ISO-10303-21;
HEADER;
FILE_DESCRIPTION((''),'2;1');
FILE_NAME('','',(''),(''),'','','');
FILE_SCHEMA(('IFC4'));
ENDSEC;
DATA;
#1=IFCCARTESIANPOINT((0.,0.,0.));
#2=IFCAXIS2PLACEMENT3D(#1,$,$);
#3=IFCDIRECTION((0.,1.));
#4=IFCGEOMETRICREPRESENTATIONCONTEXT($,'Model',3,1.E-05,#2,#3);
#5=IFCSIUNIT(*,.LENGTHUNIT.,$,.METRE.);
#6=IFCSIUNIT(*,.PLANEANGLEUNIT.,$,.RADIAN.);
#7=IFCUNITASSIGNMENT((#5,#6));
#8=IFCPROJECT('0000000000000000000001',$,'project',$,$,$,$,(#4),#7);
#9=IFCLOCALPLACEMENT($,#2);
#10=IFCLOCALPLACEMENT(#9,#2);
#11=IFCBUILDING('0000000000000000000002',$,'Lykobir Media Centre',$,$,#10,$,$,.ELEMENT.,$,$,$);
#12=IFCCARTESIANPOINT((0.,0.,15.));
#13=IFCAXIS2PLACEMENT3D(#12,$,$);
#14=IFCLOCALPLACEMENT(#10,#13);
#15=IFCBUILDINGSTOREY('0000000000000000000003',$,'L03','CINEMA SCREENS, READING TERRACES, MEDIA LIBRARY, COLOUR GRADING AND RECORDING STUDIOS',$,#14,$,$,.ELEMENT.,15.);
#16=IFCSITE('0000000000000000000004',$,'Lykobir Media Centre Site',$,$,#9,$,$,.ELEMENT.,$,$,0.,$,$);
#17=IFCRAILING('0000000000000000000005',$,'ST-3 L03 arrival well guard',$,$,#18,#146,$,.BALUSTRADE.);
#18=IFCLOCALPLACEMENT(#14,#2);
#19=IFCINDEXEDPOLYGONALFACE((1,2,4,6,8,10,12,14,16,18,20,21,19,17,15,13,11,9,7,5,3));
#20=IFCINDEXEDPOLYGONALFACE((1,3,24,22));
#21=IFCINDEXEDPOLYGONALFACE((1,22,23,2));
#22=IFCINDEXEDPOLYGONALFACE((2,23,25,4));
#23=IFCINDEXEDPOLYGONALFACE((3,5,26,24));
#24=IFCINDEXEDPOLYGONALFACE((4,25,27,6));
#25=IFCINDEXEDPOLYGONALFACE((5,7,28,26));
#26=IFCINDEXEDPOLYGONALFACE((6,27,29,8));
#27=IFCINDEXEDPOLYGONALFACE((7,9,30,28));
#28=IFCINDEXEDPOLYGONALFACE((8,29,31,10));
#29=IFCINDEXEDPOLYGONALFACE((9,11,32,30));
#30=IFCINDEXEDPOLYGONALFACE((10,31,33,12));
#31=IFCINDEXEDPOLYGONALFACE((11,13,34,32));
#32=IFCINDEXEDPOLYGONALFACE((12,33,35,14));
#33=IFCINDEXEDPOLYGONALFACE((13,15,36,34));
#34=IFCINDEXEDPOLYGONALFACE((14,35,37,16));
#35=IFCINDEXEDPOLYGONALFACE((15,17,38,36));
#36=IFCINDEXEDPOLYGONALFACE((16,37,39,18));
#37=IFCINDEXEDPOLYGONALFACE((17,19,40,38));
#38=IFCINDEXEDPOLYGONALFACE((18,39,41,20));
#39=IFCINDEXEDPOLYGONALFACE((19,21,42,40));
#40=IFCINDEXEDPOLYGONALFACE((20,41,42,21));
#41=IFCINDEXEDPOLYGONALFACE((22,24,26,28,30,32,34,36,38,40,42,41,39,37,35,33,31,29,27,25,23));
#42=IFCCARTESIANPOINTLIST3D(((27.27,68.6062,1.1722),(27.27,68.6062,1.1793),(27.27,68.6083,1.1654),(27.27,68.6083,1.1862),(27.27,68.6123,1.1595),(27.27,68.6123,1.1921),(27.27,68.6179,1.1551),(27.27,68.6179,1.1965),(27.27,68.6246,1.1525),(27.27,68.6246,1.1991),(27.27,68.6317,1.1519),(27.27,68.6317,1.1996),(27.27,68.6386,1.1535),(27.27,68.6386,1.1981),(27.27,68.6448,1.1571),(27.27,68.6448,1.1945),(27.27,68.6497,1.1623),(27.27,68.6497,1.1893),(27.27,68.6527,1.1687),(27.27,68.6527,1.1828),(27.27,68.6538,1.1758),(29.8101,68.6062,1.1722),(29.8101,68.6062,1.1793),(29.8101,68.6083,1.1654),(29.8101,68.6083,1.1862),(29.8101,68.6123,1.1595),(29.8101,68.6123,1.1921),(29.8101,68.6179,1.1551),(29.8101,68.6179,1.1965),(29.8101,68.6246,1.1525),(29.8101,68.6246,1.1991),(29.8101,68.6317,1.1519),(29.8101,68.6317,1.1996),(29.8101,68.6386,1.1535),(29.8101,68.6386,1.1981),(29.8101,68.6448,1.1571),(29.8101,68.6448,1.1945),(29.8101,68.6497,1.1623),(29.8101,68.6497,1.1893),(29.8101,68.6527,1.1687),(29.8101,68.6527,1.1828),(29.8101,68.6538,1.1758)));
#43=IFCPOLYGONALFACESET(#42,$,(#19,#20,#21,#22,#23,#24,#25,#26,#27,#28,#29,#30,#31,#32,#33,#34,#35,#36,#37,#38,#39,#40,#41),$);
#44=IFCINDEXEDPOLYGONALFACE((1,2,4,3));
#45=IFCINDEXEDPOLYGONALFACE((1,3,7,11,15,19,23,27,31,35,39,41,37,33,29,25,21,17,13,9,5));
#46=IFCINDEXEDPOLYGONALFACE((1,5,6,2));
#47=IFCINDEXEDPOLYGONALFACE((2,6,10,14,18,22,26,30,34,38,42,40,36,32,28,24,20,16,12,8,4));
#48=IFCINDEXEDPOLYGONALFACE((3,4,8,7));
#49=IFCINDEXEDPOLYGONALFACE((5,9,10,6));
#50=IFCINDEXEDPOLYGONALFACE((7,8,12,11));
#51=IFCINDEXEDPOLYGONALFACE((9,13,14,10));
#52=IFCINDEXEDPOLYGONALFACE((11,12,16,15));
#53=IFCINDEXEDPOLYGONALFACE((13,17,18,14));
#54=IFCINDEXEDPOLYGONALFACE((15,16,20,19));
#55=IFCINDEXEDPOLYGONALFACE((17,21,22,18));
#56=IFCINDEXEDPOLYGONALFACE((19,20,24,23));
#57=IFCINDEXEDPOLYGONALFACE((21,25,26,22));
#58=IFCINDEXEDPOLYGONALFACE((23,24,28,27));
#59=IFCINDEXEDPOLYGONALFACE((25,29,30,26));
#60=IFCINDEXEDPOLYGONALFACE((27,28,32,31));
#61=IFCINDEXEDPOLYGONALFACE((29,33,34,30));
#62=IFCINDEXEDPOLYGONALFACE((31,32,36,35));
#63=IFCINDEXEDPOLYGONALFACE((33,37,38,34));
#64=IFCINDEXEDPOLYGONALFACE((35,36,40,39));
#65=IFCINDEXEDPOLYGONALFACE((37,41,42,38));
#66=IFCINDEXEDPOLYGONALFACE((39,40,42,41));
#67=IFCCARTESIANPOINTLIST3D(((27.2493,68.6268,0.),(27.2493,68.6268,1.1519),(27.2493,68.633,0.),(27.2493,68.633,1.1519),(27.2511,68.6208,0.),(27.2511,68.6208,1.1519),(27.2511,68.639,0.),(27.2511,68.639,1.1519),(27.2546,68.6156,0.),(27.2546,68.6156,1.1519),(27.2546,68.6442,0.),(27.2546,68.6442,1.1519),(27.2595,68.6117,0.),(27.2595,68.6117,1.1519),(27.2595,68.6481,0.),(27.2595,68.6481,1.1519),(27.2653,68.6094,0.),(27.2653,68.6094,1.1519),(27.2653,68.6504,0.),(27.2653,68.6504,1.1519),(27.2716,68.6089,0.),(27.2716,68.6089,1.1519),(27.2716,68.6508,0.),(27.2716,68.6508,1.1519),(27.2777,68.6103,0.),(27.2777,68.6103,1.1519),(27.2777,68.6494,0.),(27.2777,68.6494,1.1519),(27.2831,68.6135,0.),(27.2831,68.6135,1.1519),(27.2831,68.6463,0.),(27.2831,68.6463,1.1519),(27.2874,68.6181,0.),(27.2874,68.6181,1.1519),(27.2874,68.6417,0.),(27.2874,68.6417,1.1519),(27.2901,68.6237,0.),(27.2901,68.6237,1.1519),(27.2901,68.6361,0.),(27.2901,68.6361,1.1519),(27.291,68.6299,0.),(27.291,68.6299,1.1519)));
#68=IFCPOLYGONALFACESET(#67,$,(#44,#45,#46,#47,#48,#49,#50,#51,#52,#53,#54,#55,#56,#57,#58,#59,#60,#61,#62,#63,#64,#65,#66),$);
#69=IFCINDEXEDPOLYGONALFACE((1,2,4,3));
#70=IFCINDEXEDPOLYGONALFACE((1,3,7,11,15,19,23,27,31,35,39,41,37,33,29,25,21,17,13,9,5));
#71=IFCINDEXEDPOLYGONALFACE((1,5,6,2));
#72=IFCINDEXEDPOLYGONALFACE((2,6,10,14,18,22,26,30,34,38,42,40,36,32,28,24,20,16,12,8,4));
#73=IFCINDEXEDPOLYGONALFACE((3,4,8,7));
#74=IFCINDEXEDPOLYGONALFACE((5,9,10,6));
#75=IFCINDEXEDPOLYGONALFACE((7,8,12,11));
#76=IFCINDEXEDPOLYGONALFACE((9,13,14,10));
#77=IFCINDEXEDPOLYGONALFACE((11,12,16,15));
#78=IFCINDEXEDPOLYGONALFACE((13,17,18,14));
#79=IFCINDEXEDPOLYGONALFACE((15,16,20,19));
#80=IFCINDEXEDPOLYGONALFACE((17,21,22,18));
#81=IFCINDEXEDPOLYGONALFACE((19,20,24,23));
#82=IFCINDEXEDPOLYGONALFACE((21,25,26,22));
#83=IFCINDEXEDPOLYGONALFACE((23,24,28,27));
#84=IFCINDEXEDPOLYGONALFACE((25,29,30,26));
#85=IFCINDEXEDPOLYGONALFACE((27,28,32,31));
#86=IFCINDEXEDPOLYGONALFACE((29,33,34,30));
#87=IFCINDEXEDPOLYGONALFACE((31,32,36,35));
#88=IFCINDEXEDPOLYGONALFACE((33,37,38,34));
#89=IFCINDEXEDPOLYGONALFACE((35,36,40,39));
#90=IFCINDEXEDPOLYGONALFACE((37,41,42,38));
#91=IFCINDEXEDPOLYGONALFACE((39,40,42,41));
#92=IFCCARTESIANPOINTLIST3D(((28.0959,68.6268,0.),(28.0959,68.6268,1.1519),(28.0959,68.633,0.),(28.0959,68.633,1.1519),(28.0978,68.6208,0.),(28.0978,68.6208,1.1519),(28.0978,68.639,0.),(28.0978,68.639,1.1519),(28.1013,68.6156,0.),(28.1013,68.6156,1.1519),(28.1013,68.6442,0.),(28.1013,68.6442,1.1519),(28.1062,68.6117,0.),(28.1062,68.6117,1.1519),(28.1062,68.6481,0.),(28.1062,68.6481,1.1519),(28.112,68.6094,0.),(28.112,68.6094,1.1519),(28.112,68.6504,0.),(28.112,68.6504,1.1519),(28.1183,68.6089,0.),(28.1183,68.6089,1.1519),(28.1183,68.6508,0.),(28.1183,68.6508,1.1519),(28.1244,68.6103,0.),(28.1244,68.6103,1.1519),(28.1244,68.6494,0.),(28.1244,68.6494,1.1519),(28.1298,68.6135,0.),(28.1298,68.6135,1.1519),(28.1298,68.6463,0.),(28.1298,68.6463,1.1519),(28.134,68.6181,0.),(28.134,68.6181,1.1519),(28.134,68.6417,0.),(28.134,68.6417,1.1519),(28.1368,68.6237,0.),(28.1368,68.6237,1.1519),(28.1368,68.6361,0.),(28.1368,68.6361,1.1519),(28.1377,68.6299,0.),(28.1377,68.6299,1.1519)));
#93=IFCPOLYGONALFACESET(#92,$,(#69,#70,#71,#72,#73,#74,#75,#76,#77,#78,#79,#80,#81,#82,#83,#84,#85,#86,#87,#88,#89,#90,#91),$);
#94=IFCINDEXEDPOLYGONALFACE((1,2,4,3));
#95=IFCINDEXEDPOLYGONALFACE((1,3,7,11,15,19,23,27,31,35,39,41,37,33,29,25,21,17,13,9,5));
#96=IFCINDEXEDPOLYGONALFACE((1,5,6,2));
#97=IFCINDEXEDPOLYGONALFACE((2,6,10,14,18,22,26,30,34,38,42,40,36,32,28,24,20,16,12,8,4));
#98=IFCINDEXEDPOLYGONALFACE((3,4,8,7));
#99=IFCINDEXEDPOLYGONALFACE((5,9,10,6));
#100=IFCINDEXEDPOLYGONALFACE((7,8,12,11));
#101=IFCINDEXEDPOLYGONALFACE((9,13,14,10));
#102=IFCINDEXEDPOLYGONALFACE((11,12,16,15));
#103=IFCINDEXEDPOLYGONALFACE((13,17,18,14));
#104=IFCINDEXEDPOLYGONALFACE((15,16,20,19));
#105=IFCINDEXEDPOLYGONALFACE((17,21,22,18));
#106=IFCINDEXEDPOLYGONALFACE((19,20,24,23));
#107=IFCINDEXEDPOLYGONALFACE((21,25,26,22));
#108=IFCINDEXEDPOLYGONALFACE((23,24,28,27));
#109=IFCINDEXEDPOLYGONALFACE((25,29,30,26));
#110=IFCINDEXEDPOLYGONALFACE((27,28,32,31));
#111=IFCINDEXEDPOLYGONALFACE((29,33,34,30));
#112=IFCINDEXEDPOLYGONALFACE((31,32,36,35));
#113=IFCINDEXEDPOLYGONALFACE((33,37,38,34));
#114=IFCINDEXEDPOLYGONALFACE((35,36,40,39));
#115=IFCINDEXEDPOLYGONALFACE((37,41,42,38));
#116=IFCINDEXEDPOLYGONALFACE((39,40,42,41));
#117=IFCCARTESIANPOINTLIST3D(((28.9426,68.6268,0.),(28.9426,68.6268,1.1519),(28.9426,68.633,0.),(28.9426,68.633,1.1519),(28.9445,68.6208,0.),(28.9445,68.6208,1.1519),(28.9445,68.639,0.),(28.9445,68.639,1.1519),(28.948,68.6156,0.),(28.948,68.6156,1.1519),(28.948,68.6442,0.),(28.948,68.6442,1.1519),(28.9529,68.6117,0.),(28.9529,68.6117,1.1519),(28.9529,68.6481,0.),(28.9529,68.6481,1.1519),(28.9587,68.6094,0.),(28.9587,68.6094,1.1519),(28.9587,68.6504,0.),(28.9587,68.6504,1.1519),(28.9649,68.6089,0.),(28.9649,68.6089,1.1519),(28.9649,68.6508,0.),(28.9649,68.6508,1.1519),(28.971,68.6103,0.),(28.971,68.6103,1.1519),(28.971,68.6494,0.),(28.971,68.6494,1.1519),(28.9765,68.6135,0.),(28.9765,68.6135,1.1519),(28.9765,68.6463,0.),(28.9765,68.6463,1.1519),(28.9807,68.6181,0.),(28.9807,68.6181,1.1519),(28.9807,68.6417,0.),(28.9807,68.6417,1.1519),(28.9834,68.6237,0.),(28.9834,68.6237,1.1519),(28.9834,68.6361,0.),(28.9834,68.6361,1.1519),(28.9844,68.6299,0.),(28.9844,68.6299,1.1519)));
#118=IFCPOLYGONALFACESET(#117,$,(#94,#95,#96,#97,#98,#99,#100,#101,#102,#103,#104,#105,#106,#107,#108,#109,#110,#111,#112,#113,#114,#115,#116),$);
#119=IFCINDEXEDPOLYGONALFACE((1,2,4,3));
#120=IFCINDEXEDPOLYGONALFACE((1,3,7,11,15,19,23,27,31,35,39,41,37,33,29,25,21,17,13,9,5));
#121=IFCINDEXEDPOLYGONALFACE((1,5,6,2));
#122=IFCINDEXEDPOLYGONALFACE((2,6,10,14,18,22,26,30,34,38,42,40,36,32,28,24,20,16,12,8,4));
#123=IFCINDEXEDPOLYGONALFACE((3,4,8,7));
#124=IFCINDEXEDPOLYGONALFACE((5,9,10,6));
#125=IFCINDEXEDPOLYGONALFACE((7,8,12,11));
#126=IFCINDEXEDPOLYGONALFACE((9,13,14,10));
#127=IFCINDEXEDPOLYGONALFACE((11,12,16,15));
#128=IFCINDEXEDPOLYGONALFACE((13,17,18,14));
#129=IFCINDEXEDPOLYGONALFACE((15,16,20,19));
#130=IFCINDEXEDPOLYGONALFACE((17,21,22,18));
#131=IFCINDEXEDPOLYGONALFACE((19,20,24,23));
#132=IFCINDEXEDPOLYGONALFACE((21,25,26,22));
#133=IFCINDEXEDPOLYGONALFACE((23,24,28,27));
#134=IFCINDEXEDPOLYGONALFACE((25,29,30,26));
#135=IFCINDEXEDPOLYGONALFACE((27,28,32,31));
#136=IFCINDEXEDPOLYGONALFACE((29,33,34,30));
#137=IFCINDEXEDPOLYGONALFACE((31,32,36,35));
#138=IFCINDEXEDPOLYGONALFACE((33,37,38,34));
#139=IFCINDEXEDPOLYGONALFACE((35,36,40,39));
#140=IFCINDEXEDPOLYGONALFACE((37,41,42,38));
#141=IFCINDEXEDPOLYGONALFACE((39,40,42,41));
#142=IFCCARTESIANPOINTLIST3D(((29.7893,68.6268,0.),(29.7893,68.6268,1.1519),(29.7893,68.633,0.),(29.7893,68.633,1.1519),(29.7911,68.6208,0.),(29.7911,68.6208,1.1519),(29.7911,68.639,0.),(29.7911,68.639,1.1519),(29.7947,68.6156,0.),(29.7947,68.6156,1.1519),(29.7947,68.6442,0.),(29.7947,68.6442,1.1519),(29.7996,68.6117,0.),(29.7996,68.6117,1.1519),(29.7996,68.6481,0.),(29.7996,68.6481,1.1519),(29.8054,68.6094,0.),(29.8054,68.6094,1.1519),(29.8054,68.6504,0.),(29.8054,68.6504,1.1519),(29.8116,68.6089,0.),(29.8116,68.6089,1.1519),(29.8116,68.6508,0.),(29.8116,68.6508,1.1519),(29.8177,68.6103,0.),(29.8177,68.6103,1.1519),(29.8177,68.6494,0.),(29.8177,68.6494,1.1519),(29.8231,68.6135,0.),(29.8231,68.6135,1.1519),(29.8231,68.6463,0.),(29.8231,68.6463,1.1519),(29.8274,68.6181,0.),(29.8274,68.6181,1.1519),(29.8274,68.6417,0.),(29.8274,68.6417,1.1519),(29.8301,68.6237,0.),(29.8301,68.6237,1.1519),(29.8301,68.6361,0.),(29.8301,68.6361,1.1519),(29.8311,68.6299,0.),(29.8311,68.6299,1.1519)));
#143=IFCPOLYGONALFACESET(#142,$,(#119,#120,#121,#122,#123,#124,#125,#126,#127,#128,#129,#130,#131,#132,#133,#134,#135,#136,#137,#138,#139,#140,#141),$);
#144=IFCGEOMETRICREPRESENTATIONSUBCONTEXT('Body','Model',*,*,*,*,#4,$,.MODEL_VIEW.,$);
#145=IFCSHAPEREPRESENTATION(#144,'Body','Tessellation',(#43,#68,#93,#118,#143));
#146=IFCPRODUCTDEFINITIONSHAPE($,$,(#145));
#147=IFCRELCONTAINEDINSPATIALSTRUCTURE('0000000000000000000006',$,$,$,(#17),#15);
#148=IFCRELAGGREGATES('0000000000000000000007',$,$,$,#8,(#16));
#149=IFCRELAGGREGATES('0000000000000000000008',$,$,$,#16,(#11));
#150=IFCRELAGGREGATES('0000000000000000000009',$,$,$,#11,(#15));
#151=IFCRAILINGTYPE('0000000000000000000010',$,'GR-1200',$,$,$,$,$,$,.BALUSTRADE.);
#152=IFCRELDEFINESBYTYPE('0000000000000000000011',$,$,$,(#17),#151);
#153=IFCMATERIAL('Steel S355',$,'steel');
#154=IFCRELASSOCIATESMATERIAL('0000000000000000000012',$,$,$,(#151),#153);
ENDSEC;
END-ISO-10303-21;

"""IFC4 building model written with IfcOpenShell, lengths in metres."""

from ifc_helpers import new_model, si_unit, direction, frame, origin, origin_2d, place, context, subcontext, project, spatial, circle, extrude, material, type_object, element, save


model = new_model("IFC4")

# Units and contexts
model_context = context("Model", 3, precision=1e-05, world=origin(), true_north=direction((0.0, 1.0)))
body_context = subcontext(model_context, "Body", "Model", "MODEL_VIEW")
ifc_project = project(units=[si_unit("LENGTHUNIT", "METRE"), si_unit("PLANEANGLEUNIT", "RADIAN")], contexts=[model_context])

# Site, building, storey
site_placement = place(None, origin())
site = spatial("IfcSite", under=ifc_project, at=site_placement, Name="Lykobir Media Centre Site", CompositionType="ELEMENT", RefElevation=0.0)
building_placement = place(site_placement, origin())
building = spatial("IfcBuilding", under=site, at=building_placement, Name="Lykobir Media Centre", CompositionType="ELEMENT")
storey_placement = place(building_placement, frame((0.0, 0.0, 15.0)))
storey = spatial("IfcBuildingStorey", under=building, at=storey_placement, Name="L03", Description="CINEMA SCREENS, READING TERRACES, MEDIA LIBRARY, COLOUR GRADING AND RECORDING STUDIOS", CompositionType="ELEMENT", Elevation=15.0)

# Shared definitions
ifc_material_1 = material(Name="Steel S355", Category="steel")

# Railing
railing_type_1 = type_object("IfcRailingType", Name="GR-1200", PredefinedType="BALUSTRADE", material=ifc_material_1)
railing_1_placement = place(storey_placement, frame((27.27, 68.6299, 0.0)))
element("IfcRailing", 1, at=railing_1_placement, inside=storey, type_object=railing_type_1, Name="ST-3 L03 arrival well guard", PredefinedType="BALUSTRADE", context=body_context, shape_type="SweptSolid", body=[
    extrude(circle(Radius=0.0239, at=origin_2d()), frame((0.0, 0.0, 1.1758), z_axis=(1.0, 0.0, 0.0), x_axis=(0.0, 1.0, 0.0)), (0.0, 0.0, 1.0), 2.54),
    extrude(circle(Radius=0.021, at=origin_2d()), origin(), (0.0, 0.0, 1.0), 1.1519),
    extrude(circle(Radius=0.021, at=origin_2d()), frame((0.8467, 0.0, 0.0)), (0.0, 0.0, 1.0), 1.1519),
    extrude(circle(Radius=0.021, at=origin_2d()), frame((1.6934, 0.0, 0.0)), (0.0, 0.0, 1.0), 1.1519),
    extrude(circle(Radius=0.021, at=origin_2d()), frame((2.54, 0.0, 0.0)), (0.0, 0.0, 1.0), 1.1519),
])

save(model, "model.ifc")
